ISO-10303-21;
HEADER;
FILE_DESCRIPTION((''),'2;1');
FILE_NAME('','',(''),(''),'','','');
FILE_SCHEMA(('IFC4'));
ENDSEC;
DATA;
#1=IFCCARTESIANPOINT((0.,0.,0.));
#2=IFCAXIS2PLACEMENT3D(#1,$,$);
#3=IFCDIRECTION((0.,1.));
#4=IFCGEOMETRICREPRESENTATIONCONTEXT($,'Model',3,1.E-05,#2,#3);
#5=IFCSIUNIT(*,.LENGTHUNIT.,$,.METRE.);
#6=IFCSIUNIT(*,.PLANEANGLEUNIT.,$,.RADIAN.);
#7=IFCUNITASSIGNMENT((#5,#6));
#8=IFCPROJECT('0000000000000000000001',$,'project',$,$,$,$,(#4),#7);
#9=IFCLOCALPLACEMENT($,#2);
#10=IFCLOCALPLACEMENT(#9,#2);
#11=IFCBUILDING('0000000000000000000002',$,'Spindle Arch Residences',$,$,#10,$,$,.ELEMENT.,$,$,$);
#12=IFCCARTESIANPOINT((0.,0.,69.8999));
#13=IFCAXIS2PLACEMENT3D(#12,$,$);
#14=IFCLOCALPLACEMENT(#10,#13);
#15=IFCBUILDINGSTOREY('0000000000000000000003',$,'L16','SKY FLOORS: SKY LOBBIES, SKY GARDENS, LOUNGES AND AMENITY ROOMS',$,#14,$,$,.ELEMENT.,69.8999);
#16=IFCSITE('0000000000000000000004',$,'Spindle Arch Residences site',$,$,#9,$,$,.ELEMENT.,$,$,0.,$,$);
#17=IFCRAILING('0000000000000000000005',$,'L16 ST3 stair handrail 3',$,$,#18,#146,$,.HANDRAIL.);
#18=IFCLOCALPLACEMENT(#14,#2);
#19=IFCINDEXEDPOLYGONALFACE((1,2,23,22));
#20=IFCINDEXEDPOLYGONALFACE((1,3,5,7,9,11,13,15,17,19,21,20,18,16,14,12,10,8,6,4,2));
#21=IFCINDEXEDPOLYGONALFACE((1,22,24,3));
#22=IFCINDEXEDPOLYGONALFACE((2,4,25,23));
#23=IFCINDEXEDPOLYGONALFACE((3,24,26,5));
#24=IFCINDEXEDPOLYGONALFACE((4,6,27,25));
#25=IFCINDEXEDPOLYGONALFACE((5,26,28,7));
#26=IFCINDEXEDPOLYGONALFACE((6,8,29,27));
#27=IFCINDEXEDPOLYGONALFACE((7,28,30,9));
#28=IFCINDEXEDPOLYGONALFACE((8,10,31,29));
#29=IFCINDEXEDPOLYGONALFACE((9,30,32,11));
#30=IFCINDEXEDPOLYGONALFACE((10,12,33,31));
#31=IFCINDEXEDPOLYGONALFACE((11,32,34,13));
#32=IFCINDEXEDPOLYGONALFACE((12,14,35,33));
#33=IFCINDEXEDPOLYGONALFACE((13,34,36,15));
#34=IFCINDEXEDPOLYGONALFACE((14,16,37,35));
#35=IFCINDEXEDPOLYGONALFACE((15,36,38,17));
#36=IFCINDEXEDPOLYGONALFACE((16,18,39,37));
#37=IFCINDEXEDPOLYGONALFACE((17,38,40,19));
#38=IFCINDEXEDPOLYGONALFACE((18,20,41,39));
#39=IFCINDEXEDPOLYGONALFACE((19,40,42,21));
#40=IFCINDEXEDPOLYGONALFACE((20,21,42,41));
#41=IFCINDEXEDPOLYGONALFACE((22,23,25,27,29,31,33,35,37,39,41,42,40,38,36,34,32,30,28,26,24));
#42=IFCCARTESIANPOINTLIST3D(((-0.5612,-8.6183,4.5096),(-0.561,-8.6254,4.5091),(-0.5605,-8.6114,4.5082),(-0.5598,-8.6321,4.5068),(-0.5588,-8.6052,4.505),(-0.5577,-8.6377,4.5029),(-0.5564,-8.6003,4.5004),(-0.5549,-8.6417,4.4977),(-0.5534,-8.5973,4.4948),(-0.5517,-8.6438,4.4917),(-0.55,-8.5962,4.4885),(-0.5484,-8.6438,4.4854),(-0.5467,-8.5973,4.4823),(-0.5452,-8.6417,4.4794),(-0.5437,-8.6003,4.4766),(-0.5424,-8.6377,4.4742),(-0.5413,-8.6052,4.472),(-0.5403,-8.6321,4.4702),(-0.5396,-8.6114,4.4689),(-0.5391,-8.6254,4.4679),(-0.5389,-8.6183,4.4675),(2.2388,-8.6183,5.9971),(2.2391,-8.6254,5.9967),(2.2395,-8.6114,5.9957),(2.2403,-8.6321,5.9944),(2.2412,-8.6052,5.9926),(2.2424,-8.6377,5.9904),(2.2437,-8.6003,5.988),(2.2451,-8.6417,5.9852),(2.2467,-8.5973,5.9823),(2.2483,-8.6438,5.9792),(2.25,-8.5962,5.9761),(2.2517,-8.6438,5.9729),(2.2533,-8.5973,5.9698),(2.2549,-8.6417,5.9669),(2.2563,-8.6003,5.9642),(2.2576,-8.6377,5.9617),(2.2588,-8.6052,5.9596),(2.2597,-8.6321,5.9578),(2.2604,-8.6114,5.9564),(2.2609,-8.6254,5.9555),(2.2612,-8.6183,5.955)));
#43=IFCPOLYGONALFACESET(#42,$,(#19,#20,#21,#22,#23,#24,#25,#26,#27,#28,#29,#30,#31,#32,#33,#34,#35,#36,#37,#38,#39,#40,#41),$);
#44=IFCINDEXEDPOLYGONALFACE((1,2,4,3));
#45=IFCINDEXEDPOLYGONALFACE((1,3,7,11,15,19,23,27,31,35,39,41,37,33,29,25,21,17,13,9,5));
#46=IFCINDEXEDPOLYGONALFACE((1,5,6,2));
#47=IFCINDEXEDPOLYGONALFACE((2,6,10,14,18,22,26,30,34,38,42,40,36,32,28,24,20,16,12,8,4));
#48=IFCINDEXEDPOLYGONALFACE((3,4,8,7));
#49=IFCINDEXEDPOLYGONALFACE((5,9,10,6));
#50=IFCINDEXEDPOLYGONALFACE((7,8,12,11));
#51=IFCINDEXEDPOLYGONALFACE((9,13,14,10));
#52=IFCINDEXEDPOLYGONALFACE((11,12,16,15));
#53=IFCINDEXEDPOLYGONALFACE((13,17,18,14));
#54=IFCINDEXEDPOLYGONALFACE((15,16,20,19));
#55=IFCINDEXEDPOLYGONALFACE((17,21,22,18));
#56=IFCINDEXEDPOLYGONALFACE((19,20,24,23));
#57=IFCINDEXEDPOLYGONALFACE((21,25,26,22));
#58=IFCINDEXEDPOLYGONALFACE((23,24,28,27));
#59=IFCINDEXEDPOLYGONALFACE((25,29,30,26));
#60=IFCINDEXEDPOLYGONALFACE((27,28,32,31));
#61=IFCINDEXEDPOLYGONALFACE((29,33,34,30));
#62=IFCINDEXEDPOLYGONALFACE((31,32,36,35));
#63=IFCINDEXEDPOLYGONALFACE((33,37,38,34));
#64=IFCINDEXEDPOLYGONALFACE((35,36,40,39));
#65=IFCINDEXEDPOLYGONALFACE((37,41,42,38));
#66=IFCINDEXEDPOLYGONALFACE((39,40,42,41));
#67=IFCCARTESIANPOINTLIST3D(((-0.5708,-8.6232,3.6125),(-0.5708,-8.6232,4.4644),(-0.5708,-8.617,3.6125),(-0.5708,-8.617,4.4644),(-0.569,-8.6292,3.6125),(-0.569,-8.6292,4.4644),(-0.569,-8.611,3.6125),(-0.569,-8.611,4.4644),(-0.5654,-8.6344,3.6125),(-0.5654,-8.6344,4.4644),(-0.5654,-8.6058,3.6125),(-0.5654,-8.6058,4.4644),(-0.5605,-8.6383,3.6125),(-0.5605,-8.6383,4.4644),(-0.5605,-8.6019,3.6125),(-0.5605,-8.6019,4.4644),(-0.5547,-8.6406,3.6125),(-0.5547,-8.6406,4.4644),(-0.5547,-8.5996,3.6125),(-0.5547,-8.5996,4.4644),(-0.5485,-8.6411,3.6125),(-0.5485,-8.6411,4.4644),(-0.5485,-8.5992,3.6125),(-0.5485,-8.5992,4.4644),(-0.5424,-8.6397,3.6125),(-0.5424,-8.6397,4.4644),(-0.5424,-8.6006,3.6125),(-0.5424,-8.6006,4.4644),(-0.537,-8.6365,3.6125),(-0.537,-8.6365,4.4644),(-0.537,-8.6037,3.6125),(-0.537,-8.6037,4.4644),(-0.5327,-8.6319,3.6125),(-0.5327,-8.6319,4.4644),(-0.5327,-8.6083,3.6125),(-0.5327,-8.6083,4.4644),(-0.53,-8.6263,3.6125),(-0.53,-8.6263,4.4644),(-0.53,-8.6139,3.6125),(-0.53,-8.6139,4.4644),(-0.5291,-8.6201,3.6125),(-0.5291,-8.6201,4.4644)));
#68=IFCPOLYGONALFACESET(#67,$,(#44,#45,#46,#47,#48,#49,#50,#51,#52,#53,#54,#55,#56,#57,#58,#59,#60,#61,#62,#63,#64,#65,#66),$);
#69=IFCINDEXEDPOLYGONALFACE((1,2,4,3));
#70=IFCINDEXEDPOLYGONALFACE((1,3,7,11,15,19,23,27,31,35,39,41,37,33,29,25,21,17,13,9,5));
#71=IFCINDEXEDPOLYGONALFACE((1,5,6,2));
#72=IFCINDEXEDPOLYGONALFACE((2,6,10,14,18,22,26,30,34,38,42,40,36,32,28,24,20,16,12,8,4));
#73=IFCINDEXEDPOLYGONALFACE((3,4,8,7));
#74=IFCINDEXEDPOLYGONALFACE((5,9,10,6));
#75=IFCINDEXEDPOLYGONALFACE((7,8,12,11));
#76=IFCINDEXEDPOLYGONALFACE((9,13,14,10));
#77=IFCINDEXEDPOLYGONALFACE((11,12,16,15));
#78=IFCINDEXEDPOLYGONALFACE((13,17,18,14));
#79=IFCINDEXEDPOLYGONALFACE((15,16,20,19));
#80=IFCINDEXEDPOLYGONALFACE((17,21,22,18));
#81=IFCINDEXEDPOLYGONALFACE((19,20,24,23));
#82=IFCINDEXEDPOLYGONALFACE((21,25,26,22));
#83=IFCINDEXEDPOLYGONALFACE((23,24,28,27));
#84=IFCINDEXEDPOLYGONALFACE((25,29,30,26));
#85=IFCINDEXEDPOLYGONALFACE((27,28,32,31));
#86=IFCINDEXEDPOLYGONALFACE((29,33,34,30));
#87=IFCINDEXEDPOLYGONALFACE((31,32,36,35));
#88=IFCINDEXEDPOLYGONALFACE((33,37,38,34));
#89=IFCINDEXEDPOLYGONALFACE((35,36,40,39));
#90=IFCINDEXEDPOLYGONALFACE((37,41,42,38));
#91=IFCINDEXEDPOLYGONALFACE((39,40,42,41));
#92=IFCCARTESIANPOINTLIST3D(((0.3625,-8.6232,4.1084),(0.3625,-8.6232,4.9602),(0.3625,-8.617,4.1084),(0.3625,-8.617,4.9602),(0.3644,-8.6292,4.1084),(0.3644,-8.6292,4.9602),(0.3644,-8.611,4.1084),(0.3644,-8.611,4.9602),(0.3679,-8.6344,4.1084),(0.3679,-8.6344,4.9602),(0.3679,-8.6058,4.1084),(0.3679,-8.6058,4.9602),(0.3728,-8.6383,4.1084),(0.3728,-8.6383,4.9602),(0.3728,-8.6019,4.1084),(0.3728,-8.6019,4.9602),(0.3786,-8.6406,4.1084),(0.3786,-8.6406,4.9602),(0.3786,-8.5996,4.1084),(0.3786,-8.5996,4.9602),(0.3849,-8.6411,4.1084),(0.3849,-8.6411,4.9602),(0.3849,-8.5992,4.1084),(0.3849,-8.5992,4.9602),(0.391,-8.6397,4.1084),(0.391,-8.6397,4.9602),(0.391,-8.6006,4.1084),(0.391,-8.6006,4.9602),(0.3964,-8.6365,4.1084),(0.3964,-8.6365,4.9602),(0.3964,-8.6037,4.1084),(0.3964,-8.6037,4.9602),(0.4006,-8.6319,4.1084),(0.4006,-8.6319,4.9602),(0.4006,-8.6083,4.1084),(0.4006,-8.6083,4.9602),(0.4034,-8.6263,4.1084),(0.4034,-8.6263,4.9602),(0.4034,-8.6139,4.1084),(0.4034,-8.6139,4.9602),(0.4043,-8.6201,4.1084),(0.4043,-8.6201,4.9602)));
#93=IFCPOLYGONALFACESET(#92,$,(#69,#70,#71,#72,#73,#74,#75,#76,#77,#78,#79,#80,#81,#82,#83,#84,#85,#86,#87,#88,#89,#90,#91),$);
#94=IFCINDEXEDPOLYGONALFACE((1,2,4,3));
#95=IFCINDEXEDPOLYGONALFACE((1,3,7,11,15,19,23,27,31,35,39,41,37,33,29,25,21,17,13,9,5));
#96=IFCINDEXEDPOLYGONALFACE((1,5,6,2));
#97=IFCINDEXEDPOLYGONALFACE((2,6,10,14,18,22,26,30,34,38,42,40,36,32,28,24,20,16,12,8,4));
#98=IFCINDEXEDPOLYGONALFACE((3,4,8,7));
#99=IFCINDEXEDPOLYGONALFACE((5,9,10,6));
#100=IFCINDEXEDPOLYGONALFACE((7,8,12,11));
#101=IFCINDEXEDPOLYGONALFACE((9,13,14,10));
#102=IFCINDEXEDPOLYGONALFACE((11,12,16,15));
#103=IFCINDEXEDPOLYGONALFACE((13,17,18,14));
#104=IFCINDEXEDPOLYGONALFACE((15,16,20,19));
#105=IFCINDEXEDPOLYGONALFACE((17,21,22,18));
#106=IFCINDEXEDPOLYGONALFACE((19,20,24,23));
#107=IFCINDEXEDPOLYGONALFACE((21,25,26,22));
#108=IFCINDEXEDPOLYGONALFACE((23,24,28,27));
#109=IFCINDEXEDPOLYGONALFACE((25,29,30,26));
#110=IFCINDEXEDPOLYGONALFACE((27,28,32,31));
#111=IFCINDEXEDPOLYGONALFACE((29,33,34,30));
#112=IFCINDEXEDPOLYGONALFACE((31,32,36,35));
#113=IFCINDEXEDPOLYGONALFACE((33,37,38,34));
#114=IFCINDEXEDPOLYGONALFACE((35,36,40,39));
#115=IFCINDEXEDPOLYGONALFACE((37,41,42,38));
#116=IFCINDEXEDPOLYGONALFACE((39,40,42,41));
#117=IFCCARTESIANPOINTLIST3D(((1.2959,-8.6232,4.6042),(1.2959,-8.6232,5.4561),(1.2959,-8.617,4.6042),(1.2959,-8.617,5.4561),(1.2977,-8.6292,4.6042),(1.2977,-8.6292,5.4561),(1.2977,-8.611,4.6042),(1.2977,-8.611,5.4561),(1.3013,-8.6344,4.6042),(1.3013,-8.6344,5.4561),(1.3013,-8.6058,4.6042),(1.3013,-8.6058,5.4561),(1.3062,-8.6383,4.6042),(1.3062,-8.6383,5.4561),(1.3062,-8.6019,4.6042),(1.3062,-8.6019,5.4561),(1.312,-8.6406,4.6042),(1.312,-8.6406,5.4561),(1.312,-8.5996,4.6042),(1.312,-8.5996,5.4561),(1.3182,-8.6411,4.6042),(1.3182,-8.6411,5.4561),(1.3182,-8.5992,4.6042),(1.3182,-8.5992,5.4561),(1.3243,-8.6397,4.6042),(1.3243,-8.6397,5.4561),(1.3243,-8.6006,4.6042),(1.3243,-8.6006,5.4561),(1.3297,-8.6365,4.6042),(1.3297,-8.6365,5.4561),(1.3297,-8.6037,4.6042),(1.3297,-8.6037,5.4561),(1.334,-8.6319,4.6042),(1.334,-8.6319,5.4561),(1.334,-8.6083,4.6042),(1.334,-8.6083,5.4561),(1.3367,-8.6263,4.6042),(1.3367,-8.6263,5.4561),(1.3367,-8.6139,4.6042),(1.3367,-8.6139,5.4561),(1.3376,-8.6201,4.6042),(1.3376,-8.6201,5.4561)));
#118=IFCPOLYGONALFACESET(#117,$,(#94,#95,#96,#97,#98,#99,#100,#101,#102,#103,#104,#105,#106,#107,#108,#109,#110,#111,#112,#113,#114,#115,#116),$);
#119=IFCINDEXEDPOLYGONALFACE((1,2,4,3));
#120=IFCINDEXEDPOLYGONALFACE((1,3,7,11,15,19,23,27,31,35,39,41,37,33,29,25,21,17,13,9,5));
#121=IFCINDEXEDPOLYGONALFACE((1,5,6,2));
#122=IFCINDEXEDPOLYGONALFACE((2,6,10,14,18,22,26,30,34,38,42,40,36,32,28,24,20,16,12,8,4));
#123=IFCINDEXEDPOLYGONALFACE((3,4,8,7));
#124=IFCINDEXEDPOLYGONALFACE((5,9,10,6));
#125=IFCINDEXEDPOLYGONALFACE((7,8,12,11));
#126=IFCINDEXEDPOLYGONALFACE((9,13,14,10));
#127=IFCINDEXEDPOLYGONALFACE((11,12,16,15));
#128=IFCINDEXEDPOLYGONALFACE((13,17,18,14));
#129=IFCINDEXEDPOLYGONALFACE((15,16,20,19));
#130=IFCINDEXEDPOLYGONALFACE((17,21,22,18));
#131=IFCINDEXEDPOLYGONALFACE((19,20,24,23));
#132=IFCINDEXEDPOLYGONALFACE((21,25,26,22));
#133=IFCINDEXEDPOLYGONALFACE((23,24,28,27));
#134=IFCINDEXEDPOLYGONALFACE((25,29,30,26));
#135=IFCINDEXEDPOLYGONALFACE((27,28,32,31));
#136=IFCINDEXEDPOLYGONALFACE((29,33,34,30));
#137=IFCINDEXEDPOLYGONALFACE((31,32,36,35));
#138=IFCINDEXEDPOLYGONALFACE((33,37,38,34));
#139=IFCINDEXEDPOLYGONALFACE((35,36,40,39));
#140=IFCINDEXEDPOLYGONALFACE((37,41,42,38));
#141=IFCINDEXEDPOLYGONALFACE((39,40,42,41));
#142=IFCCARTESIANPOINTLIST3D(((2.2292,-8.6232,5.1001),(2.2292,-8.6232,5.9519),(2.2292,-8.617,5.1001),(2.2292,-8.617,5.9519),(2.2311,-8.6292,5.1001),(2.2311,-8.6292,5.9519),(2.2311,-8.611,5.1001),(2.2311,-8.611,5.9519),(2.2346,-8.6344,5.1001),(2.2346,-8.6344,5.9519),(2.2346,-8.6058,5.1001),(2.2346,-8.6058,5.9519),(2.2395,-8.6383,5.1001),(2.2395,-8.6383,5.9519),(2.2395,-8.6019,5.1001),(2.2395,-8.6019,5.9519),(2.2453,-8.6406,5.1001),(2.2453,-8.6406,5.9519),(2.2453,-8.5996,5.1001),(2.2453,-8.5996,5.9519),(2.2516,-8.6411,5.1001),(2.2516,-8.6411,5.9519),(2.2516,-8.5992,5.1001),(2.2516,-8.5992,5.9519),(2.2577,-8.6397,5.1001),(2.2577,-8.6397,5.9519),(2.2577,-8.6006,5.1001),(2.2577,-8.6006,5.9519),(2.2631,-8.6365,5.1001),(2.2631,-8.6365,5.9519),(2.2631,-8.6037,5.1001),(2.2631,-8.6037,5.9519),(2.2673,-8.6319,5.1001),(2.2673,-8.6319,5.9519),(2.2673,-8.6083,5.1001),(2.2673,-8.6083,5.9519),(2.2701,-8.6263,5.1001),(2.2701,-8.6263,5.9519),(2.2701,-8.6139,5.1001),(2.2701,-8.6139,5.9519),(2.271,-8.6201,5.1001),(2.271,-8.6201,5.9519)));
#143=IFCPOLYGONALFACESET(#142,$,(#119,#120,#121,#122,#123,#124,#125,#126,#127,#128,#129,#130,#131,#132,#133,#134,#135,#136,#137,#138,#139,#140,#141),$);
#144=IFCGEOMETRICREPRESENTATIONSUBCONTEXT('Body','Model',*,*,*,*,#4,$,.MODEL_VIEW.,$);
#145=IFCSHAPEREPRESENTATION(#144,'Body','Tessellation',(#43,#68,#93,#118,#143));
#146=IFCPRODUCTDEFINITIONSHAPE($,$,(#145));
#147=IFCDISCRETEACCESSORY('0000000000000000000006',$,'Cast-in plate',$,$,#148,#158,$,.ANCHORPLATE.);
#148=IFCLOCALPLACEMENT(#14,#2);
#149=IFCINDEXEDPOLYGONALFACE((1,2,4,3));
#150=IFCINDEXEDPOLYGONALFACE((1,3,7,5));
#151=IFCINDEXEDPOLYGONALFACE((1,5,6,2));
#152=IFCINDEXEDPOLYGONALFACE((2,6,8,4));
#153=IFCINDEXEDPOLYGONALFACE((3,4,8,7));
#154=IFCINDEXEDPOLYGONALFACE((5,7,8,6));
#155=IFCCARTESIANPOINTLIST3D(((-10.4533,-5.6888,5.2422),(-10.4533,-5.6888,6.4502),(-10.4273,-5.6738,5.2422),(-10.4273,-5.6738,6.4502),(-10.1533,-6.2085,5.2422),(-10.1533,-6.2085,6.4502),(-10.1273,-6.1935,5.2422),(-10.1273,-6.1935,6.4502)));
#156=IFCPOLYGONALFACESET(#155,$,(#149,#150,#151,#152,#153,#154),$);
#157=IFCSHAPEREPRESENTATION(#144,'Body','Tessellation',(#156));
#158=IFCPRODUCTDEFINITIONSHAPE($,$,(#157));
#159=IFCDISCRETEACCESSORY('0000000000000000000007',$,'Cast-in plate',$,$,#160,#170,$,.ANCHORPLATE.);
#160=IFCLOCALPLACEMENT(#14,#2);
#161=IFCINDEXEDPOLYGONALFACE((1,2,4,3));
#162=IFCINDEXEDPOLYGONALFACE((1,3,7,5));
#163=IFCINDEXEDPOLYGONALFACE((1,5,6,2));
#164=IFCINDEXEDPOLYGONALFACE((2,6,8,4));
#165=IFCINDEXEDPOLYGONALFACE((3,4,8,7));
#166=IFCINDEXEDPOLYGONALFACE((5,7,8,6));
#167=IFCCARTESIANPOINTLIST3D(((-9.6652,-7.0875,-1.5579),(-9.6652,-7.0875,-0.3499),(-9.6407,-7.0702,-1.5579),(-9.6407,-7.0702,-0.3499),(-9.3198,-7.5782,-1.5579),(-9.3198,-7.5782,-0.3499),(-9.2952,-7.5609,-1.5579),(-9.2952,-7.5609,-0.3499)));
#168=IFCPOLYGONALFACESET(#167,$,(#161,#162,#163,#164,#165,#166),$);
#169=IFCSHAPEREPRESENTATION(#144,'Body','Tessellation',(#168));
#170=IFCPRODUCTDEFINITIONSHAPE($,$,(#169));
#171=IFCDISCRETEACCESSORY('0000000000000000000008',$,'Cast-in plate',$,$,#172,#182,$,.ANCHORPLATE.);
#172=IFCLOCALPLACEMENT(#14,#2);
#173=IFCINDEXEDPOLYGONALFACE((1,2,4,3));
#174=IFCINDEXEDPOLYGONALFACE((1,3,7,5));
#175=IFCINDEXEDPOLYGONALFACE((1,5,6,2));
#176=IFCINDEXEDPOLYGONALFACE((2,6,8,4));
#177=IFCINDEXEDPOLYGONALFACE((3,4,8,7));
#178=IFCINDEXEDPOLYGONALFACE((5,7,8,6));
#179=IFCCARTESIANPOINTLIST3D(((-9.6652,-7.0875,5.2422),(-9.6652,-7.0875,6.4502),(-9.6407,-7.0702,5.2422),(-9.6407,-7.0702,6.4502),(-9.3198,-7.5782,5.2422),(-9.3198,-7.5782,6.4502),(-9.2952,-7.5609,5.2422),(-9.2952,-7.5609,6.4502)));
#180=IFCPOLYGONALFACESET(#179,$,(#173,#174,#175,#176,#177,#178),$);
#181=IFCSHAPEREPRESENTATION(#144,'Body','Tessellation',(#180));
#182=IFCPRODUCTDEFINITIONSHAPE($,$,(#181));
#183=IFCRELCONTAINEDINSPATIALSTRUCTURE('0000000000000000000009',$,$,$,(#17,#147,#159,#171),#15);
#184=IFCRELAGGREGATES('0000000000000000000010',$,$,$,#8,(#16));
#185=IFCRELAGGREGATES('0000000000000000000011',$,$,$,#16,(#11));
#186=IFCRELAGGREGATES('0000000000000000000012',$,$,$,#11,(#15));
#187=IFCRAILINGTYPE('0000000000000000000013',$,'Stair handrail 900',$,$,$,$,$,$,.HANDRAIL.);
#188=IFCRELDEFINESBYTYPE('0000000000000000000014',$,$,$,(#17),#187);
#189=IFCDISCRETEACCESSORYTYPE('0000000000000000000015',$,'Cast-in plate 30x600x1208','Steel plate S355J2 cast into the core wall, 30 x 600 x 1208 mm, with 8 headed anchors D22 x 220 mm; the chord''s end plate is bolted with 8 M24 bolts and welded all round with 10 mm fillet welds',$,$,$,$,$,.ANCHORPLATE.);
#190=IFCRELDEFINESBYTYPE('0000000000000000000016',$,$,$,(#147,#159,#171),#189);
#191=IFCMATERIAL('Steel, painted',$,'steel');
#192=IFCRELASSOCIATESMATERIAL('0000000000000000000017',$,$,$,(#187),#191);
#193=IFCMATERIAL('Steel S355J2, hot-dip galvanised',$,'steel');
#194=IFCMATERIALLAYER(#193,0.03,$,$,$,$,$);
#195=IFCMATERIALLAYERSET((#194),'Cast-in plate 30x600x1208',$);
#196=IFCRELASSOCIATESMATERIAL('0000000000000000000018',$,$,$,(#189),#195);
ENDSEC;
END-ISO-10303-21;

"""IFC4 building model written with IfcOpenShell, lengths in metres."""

from ifc_helpers import new_model, si_unit, direction, frame, origin, origin_2d, place, context, subcontext, project, spatial, rectangle, circle, extrude, material, layer, layer_set, type_object, element, save


model = new_model("IFC4")

# Units and contexts
model_context = context("Model", 3, precision=1e-05, world=origin(), true_north=direction((0.0, 1.0)))
body_context = subcontext(model_context, "Body", "Model", "MODEL_VIEW")
ifc_project = project(units=[si_unit("LENGTHUNIT", "METRE"), si_unit("PLANEANGLEUNIT", "RADIAN")], contexts=[model_context])

# Site, building, storey
site_placement = place(None, origin())
site = spatial("IfcSite", under=ifc_project, at=site_placement, Name="Spindle Arch Residences site", CompositionType="ELEMENT", RefElevation=0.0)
building_placement = place(site_placement, origin())
building = spatial("IfcBuilding", under=site, at=building_placement, Name="Spindle Arch Residences", CompositionType="ELEMENT")
storey_placement = place(building_placement, frame((0.0, 0.0, 69.8999)))
storey = spatial("IfcBuildingStorey", under=building, at=storey_placement, Name="L16", Description="SKY FLOORS: SKY LOBBIES, SKY GARDENS, LOUNGES AND AMENITY ROOMS", CompositionType="ELEMENT", Elevation=69.8999)

# Railing
ifc_material_1 = material(Name="Steel, painted", Category="steel")
railing_type_1 = type_object("IfcRailingType", Name="Stair handrail 900", PredefinedType="HANDRAIL", material=ifc_material_1)
for number, where, name in (
    (1, (-0.55, -8.6201, 3.6125), "L16 ST3 stair handrail 3"),
):
    element("IfcRailing", number, at=place(storey_placement, frame(where)), inside=storey, type_object=railing_type_1, Name=name, PredefinedType="HANDRAIL", context=body_context, shape_type="SweptSolid", body=[
        extrude(circle(Radius=0.0239, at=origin_2d()), frame((0.0, 0.0, 0.876), z_axis=(0.883113, 0.0, 0.469161), x_axis=(0.0, 1.0, 0.0)), (0.0, 0.0, 1.0), 3.1707),
        extrude(circle(Radius=0.021, at=origin_2d()), origin(), (0.0, 0.0, 1.0), 0.8518),
        extrude(circle(Radius=0.021, at=origin_2d()), frame((0.9333, 0.0, 0.4958)), (0.0, 0.0, 1.0), 0.8518),
        extrude(circle(Radius=0.021, at=origin_2d()), frame((1.8667, 0.0, 0.9917)), (0.0, 0.0, 1.0), 0.8518),
        extrude(circle(Radius=0.021, at=origin_2d()), frame((2.8, 0.0, 1.4875)), (0.0, 0.0, 1.0), 0.8518),
    ])

# Discrete accessories
ifc_material_2 = material(Name="Steel S355J2, hot-dip galvanised", Category="steel")
ifc_layer_1 = layer(ifc_material_2, 0.03)
ifc_layer_set_1 = layer_set([ifc_layer_1], Name="Cast-in plate 30x600x1208")
discrete_accessory_type = type_object("IfcDiscreteAccessoryType", Name="Cast-in plate 30x600x1208", Description="Steel plate S355J2 cast into the core wall, 30 x 600 x 1208 mm, with 8 headed anchors D22 x 220 mm; the chord's end plate is bolted with 8 M24 bolts and welded all round with 10 mm fillet welds", PredefinedType="ANCHORPLATE", material=ifc_layer_set_1)
for number, where, z_axis, x_axis, name in (
    (2, (-10.2903, -5.9412, 5.2422), (0.0, 0.0, 1.0), (-0.866025, -0.5, 0.0), "Cast-in plate"),
    (3, (-9.4802, -7.3242, -1.5579), (0.0, 0.0, 1.0), (-0.81766, -0.575702, 0.0), "Cast-in plate"),
    (4, (-9.4802, -7.3242, 5.2422), (0.0, 0.0, 1.0), (-0.81766, -0.575702, 0.0), "Cast-in plate"),
):
    element("IfcDiscreteAccessory", number, at=place(storey_placement, frame(where, z_axis=z_axis, x_axis=x_axis)), inside=storey, type_object=discrete_accessory_type, Name=name, PredefinedType="ANCHORPLATE", context=body_context, shape_type="SweptSolid", body=[
        extrude(rectangle(XDim=0.03, YDim=0.6001, at=origin_2d()), origin(), (0.0, 0.0, 1.0), 1.208),
    ])

save(model, "model.ifc")
